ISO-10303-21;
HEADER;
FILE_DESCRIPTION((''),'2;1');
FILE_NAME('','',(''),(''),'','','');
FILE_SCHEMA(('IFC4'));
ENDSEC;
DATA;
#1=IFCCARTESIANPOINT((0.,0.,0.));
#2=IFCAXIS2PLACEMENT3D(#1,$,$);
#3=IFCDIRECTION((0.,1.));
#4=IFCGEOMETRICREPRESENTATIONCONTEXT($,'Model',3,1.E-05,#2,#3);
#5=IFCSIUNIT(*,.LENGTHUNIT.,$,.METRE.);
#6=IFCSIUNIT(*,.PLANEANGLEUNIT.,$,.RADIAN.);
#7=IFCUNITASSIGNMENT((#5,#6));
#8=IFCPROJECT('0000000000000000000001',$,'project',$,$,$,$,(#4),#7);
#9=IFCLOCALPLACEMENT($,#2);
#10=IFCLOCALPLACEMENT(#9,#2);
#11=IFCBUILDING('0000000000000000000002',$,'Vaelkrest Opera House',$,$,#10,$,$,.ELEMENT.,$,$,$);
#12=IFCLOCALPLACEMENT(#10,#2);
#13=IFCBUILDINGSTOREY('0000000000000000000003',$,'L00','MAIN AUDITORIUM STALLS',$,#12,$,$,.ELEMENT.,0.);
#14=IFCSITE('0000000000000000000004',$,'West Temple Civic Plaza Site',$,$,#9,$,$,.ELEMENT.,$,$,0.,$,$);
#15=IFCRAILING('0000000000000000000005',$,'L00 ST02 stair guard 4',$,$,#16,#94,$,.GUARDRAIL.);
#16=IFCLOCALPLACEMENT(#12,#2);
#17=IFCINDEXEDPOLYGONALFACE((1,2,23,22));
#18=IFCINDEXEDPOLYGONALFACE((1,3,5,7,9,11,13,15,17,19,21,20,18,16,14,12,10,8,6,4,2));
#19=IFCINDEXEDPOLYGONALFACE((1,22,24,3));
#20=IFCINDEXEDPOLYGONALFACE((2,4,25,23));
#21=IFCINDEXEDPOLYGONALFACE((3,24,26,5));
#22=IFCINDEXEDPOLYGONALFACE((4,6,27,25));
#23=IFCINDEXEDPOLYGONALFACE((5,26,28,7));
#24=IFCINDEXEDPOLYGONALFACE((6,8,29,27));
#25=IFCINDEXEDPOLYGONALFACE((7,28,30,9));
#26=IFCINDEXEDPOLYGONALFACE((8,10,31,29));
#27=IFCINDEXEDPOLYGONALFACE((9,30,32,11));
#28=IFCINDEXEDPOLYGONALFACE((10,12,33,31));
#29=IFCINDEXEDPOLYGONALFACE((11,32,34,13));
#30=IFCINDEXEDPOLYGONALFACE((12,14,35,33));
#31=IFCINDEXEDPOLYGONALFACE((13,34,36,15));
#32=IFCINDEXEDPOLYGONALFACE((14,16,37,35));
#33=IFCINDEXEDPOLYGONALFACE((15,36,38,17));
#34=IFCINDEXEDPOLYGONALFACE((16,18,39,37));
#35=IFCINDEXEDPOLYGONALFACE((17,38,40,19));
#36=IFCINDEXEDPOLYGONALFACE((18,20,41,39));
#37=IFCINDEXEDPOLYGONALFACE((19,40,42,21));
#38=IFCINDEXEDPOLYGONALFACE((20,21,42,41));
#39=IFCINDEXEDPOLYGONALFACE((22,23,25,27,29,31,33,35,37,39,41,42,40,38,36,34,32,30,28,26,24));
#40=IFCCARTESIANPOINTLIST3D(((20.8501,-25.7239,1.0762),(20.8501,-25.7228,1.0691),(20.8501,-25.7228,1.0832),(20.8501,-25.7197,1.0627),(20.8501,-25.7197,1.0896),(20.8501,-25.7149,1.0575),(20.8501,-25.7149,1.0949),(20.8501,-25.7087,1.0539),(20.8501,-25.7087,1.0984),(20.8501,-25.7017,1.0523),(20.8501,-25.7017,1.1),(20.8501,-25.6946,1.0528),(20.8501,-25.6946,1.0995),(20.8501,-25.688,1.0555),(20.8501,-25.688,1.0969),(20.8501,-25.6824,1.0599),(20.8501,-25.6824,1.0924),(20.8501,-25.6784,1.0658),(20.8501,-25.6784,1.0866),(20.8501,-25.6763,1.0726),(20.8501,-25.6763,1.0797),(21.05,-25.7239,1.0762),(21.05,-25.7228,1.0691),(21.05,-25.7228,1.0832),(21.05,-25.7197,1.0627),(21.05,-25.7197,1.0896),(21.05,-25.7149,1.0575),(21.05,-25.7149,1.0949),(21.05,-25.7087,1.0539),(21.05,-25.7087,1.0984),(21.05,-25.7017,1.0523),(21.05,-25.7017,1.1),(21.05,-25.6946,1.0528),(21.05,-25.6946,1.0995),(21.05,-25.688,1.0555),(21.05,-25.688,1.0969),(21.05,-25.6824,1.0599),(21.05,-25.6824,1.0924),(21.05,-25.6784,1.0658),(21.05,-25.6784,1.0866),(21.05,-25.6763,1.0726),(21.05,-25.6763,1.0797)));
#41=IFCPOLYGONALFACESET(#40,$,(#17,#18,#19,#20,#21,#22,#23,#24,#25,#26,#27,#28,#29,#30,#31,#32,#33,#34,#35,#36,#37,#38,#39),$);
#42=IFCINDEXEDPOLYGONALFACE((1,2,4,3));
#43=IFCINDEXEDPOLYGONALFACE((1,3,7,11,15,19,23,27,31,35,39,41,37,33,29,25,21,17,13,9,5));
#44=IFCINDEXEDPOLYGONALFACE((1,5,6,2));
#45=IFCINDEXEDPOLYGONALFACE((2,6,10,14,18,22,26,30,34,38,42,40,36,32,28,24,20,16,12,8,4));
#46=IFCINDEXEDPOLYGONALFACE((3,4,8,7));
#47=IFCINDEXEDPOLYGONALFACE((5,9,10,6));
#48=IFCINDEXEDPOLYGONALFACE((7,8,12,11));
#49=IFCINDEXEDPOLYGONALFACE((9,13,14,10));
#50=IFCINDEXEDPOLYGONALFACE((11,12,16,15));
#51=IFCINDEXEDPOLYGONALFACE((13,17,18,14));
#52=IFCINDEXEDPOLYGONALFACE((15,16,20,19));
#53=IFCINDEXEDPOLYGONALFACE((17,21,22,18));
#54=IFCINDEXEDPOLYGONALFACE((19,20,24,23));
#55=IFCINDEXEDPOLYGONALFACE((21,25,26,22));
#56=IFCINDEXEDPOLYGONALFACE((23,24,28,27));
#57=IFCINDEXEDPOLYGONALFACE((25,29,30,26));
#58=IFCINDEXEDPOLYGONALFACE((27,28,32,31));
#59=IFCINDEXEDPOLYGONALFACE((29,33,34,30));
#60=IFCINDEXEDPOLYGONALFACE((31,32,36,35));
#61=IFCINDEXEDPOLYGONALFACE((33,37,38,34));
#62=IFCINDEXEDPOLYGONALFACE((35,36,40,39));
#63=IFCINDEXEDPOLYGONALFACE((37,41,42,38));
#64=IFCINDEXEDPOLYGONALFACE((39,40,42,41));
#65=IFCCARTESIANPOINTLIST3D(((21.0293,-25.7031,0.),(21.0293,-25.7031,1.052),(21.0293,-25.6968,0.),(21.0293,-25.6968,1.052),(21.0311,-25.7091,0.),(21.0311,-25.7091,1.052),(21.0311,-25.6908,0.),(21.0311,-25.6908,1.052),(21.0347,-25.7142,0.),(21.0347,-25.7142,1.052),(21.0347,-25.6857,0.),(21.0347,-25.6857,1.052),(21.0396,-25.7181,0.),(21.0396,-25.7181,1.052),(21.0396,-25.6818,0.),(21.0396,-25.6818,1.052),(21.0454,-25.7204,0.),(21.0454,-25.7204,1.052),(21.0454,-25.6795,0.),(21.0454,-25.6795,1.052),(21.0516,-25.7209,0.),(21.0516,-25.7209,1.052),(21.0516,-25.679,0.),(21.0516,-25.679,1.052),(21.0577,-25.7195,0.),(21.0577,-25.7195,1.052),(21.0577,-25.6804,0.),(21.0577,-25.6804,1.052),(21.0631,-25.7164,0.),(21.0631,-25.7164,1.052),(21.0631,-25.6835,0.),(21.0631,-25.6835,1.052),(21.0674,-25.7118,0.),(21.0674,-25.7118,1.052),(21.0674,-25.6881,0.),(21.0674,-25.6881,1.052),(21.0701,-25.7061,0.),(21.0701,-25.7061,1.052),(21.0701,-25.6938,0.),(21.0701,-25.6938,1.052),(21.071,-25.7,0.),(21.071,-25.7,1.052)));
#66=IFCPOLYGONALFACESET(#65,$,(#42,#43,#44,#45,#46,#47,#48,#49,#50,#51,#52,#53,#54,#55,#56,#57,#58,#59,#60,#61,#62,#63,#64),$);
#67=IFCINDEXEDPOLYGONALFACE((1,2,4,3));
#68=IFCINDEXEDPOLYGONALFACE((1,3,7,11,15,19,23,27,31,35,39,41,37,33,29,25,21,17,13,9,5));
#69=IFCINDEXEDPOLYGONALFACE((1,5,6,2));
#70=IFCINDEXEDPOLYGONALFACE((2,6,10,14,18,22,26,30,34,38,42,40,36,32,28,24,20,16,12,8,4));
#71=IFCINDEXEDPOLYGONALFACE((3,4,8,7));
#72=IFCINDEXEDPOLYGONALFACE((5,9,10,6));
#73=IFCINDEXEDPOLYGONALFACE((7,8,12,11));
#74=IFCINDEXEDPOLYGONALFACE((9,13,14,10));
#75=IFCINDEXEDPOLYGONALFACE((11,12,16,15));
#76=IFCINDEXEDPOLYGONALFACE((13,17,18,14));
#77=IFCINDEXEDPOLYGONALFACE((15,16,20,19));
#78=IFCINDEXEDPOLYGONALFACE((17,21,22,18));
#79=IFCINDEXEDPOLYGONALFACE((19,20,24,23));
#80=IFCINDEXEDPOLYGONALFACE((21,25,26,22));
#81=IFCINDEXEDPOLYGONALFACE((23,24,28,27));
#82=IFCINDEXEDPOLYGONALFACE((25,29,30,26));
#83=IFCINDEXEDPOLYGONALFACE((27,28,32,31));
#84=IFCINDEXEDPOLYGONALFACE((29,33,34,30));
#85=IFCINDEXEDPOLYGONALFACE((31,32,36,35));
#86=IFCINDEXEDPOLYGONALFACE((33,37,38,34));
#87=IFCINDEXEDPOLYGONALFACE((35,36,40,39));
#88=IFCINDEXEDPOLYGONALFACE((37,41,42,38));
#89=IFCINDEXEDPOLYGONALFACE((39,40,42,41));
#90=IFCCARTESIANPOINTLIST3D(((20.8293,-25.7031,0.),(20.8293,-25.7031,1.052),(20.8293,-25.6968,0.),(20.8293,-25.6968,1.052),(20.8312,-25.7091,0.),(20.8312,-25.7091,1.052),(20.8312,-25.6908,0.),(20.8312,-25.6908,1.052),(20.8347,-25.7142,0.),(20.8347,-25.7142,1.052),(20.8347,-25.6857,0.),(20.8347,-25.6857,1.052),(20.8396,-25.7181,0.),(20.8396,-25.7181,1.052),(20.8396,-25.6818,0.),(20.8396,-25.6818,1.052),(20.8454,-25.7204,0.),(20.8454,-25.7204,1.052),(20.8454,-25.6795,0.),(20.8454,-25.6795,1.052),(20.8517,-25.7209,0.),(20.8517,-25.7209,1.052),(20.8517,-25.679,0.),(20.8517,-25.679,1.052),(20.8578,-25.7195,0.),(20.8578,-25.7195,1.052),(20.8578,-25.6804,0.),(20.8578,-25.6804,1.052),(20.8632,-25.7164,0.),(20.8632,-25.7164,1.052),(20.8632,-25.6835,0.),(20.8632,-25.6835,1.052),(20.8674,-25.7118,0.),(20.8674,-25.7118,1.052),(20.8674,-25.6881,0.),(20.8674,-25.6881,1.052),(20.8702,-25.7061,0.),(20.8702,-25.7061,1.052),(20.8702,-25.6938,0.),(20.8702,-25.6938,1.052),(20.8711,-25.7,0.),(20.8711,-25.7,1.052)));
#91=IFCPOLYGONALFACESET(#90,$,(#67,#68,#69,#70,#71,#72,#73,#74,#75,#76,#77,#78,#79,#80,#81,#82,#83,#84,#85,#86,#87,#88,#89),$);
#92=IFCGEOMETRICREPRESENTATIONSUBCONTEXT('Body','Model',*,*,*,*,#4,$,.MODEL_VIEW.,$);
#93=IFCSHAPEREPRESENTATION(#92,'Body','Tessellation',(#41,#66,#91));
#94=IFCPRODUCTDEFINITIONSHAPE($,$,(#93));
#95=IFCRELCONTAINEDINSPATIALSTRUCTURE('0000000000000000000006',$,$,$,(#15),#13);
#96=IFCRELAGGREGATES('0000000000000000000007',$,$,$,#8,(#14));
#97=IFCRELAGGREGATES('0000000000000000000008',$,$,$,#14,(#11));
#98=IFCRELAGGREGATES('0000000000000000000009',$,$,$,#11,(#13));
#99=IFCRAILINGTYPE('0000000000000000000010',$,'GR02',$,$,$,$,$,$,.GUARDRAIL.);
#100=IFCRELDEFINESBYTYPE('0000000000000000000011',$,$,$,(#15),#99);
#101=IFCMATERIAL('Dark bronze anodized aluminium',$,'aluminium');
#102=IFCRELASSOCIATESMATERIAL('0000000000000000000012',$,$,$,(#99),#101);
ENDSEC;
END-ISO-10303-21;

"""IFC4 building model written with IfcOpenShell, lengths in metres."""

from ifc_helpers import new_model, si_unit, direction, frame, origin, origin_2d, place, context, subcontext, project, spatial, circle, extrude, material, type_object, element, save


model = new_model("IFC4")

# Units and contexts
model_context = context("Model", 3, precision=1e-05, world=origin(), true_north=direction((0.0, 1.0)))
body_context = subcontext(model_context, "Body", "Model", "MODEL_VIEW")
ifc_project = project(units=[si_unit("LENGTHUNIT", "METRE"), si_unit("PLANEANGLEUNIT", "RADIAN")], contexts=[model_context])

# Site, building, storey
site_placement = place(None, origin())
site = spatial("IfcSite", under=ifc_project, at=site_placement, Name="West Temple Civic Plaza Site", CompositionType="ELEMENT", RefElevation=0.0)
building_placement = place(site_placement, origin())
building = spatial("IfcBuilding", under=site, at=building_placement, Name="Vaelkrest Opera House", CompositionType="ELEMENT")
storey_placement = place(building_placement, origin())
storey = spatial("IfcBuildingStorey", under=building, at=storey_placement, Name="L00", Description="MAIN AUDITORIUM STALLS", CompositionType="ELEMENT", Elevation=0.0)

# Railing
ifc_material_1 = material(Name="Dark bronze anodized aluminium", Category="aluminium")
railing_type_1 = type_object("IfcRailingType", Name="GR02", PredefinedType="GUARDRAIL", material=ifc_material_1)
railing_1_placement = place(storey_placement, frame((21.05, -25.7, 0.0)))
element("IfcRailing", 1, at=railing_1_placement, inside=storey, type_object=railing_type_1, Name="L00 ST02 stair guard 4", PredefinedType="GUARDRAIL", context=body_context, shape_type="SweptSolid", body=[
    extrude(circle(Radius=0.0239, at=origin_2d()), frame((0.0, 0.0, 1.0762), z_axis=(-1.0, 0.0, 0.0), x_axis=(0.0, -1.0, 0.0)), (0.0, 0.0, 1.0), 0.2),
    extrude(circle(Radius=0.021, at=origin_2d()), origin(), (0.0, 0.0, 1.0), 1.052),
    extrude(circle(Radius=0.021, at=origin_2d()), frame((-0.2, 0.0, 0.0)), (0.0, 0.0, 1.0), 1.052),
])

save(model, "model.ifc")
